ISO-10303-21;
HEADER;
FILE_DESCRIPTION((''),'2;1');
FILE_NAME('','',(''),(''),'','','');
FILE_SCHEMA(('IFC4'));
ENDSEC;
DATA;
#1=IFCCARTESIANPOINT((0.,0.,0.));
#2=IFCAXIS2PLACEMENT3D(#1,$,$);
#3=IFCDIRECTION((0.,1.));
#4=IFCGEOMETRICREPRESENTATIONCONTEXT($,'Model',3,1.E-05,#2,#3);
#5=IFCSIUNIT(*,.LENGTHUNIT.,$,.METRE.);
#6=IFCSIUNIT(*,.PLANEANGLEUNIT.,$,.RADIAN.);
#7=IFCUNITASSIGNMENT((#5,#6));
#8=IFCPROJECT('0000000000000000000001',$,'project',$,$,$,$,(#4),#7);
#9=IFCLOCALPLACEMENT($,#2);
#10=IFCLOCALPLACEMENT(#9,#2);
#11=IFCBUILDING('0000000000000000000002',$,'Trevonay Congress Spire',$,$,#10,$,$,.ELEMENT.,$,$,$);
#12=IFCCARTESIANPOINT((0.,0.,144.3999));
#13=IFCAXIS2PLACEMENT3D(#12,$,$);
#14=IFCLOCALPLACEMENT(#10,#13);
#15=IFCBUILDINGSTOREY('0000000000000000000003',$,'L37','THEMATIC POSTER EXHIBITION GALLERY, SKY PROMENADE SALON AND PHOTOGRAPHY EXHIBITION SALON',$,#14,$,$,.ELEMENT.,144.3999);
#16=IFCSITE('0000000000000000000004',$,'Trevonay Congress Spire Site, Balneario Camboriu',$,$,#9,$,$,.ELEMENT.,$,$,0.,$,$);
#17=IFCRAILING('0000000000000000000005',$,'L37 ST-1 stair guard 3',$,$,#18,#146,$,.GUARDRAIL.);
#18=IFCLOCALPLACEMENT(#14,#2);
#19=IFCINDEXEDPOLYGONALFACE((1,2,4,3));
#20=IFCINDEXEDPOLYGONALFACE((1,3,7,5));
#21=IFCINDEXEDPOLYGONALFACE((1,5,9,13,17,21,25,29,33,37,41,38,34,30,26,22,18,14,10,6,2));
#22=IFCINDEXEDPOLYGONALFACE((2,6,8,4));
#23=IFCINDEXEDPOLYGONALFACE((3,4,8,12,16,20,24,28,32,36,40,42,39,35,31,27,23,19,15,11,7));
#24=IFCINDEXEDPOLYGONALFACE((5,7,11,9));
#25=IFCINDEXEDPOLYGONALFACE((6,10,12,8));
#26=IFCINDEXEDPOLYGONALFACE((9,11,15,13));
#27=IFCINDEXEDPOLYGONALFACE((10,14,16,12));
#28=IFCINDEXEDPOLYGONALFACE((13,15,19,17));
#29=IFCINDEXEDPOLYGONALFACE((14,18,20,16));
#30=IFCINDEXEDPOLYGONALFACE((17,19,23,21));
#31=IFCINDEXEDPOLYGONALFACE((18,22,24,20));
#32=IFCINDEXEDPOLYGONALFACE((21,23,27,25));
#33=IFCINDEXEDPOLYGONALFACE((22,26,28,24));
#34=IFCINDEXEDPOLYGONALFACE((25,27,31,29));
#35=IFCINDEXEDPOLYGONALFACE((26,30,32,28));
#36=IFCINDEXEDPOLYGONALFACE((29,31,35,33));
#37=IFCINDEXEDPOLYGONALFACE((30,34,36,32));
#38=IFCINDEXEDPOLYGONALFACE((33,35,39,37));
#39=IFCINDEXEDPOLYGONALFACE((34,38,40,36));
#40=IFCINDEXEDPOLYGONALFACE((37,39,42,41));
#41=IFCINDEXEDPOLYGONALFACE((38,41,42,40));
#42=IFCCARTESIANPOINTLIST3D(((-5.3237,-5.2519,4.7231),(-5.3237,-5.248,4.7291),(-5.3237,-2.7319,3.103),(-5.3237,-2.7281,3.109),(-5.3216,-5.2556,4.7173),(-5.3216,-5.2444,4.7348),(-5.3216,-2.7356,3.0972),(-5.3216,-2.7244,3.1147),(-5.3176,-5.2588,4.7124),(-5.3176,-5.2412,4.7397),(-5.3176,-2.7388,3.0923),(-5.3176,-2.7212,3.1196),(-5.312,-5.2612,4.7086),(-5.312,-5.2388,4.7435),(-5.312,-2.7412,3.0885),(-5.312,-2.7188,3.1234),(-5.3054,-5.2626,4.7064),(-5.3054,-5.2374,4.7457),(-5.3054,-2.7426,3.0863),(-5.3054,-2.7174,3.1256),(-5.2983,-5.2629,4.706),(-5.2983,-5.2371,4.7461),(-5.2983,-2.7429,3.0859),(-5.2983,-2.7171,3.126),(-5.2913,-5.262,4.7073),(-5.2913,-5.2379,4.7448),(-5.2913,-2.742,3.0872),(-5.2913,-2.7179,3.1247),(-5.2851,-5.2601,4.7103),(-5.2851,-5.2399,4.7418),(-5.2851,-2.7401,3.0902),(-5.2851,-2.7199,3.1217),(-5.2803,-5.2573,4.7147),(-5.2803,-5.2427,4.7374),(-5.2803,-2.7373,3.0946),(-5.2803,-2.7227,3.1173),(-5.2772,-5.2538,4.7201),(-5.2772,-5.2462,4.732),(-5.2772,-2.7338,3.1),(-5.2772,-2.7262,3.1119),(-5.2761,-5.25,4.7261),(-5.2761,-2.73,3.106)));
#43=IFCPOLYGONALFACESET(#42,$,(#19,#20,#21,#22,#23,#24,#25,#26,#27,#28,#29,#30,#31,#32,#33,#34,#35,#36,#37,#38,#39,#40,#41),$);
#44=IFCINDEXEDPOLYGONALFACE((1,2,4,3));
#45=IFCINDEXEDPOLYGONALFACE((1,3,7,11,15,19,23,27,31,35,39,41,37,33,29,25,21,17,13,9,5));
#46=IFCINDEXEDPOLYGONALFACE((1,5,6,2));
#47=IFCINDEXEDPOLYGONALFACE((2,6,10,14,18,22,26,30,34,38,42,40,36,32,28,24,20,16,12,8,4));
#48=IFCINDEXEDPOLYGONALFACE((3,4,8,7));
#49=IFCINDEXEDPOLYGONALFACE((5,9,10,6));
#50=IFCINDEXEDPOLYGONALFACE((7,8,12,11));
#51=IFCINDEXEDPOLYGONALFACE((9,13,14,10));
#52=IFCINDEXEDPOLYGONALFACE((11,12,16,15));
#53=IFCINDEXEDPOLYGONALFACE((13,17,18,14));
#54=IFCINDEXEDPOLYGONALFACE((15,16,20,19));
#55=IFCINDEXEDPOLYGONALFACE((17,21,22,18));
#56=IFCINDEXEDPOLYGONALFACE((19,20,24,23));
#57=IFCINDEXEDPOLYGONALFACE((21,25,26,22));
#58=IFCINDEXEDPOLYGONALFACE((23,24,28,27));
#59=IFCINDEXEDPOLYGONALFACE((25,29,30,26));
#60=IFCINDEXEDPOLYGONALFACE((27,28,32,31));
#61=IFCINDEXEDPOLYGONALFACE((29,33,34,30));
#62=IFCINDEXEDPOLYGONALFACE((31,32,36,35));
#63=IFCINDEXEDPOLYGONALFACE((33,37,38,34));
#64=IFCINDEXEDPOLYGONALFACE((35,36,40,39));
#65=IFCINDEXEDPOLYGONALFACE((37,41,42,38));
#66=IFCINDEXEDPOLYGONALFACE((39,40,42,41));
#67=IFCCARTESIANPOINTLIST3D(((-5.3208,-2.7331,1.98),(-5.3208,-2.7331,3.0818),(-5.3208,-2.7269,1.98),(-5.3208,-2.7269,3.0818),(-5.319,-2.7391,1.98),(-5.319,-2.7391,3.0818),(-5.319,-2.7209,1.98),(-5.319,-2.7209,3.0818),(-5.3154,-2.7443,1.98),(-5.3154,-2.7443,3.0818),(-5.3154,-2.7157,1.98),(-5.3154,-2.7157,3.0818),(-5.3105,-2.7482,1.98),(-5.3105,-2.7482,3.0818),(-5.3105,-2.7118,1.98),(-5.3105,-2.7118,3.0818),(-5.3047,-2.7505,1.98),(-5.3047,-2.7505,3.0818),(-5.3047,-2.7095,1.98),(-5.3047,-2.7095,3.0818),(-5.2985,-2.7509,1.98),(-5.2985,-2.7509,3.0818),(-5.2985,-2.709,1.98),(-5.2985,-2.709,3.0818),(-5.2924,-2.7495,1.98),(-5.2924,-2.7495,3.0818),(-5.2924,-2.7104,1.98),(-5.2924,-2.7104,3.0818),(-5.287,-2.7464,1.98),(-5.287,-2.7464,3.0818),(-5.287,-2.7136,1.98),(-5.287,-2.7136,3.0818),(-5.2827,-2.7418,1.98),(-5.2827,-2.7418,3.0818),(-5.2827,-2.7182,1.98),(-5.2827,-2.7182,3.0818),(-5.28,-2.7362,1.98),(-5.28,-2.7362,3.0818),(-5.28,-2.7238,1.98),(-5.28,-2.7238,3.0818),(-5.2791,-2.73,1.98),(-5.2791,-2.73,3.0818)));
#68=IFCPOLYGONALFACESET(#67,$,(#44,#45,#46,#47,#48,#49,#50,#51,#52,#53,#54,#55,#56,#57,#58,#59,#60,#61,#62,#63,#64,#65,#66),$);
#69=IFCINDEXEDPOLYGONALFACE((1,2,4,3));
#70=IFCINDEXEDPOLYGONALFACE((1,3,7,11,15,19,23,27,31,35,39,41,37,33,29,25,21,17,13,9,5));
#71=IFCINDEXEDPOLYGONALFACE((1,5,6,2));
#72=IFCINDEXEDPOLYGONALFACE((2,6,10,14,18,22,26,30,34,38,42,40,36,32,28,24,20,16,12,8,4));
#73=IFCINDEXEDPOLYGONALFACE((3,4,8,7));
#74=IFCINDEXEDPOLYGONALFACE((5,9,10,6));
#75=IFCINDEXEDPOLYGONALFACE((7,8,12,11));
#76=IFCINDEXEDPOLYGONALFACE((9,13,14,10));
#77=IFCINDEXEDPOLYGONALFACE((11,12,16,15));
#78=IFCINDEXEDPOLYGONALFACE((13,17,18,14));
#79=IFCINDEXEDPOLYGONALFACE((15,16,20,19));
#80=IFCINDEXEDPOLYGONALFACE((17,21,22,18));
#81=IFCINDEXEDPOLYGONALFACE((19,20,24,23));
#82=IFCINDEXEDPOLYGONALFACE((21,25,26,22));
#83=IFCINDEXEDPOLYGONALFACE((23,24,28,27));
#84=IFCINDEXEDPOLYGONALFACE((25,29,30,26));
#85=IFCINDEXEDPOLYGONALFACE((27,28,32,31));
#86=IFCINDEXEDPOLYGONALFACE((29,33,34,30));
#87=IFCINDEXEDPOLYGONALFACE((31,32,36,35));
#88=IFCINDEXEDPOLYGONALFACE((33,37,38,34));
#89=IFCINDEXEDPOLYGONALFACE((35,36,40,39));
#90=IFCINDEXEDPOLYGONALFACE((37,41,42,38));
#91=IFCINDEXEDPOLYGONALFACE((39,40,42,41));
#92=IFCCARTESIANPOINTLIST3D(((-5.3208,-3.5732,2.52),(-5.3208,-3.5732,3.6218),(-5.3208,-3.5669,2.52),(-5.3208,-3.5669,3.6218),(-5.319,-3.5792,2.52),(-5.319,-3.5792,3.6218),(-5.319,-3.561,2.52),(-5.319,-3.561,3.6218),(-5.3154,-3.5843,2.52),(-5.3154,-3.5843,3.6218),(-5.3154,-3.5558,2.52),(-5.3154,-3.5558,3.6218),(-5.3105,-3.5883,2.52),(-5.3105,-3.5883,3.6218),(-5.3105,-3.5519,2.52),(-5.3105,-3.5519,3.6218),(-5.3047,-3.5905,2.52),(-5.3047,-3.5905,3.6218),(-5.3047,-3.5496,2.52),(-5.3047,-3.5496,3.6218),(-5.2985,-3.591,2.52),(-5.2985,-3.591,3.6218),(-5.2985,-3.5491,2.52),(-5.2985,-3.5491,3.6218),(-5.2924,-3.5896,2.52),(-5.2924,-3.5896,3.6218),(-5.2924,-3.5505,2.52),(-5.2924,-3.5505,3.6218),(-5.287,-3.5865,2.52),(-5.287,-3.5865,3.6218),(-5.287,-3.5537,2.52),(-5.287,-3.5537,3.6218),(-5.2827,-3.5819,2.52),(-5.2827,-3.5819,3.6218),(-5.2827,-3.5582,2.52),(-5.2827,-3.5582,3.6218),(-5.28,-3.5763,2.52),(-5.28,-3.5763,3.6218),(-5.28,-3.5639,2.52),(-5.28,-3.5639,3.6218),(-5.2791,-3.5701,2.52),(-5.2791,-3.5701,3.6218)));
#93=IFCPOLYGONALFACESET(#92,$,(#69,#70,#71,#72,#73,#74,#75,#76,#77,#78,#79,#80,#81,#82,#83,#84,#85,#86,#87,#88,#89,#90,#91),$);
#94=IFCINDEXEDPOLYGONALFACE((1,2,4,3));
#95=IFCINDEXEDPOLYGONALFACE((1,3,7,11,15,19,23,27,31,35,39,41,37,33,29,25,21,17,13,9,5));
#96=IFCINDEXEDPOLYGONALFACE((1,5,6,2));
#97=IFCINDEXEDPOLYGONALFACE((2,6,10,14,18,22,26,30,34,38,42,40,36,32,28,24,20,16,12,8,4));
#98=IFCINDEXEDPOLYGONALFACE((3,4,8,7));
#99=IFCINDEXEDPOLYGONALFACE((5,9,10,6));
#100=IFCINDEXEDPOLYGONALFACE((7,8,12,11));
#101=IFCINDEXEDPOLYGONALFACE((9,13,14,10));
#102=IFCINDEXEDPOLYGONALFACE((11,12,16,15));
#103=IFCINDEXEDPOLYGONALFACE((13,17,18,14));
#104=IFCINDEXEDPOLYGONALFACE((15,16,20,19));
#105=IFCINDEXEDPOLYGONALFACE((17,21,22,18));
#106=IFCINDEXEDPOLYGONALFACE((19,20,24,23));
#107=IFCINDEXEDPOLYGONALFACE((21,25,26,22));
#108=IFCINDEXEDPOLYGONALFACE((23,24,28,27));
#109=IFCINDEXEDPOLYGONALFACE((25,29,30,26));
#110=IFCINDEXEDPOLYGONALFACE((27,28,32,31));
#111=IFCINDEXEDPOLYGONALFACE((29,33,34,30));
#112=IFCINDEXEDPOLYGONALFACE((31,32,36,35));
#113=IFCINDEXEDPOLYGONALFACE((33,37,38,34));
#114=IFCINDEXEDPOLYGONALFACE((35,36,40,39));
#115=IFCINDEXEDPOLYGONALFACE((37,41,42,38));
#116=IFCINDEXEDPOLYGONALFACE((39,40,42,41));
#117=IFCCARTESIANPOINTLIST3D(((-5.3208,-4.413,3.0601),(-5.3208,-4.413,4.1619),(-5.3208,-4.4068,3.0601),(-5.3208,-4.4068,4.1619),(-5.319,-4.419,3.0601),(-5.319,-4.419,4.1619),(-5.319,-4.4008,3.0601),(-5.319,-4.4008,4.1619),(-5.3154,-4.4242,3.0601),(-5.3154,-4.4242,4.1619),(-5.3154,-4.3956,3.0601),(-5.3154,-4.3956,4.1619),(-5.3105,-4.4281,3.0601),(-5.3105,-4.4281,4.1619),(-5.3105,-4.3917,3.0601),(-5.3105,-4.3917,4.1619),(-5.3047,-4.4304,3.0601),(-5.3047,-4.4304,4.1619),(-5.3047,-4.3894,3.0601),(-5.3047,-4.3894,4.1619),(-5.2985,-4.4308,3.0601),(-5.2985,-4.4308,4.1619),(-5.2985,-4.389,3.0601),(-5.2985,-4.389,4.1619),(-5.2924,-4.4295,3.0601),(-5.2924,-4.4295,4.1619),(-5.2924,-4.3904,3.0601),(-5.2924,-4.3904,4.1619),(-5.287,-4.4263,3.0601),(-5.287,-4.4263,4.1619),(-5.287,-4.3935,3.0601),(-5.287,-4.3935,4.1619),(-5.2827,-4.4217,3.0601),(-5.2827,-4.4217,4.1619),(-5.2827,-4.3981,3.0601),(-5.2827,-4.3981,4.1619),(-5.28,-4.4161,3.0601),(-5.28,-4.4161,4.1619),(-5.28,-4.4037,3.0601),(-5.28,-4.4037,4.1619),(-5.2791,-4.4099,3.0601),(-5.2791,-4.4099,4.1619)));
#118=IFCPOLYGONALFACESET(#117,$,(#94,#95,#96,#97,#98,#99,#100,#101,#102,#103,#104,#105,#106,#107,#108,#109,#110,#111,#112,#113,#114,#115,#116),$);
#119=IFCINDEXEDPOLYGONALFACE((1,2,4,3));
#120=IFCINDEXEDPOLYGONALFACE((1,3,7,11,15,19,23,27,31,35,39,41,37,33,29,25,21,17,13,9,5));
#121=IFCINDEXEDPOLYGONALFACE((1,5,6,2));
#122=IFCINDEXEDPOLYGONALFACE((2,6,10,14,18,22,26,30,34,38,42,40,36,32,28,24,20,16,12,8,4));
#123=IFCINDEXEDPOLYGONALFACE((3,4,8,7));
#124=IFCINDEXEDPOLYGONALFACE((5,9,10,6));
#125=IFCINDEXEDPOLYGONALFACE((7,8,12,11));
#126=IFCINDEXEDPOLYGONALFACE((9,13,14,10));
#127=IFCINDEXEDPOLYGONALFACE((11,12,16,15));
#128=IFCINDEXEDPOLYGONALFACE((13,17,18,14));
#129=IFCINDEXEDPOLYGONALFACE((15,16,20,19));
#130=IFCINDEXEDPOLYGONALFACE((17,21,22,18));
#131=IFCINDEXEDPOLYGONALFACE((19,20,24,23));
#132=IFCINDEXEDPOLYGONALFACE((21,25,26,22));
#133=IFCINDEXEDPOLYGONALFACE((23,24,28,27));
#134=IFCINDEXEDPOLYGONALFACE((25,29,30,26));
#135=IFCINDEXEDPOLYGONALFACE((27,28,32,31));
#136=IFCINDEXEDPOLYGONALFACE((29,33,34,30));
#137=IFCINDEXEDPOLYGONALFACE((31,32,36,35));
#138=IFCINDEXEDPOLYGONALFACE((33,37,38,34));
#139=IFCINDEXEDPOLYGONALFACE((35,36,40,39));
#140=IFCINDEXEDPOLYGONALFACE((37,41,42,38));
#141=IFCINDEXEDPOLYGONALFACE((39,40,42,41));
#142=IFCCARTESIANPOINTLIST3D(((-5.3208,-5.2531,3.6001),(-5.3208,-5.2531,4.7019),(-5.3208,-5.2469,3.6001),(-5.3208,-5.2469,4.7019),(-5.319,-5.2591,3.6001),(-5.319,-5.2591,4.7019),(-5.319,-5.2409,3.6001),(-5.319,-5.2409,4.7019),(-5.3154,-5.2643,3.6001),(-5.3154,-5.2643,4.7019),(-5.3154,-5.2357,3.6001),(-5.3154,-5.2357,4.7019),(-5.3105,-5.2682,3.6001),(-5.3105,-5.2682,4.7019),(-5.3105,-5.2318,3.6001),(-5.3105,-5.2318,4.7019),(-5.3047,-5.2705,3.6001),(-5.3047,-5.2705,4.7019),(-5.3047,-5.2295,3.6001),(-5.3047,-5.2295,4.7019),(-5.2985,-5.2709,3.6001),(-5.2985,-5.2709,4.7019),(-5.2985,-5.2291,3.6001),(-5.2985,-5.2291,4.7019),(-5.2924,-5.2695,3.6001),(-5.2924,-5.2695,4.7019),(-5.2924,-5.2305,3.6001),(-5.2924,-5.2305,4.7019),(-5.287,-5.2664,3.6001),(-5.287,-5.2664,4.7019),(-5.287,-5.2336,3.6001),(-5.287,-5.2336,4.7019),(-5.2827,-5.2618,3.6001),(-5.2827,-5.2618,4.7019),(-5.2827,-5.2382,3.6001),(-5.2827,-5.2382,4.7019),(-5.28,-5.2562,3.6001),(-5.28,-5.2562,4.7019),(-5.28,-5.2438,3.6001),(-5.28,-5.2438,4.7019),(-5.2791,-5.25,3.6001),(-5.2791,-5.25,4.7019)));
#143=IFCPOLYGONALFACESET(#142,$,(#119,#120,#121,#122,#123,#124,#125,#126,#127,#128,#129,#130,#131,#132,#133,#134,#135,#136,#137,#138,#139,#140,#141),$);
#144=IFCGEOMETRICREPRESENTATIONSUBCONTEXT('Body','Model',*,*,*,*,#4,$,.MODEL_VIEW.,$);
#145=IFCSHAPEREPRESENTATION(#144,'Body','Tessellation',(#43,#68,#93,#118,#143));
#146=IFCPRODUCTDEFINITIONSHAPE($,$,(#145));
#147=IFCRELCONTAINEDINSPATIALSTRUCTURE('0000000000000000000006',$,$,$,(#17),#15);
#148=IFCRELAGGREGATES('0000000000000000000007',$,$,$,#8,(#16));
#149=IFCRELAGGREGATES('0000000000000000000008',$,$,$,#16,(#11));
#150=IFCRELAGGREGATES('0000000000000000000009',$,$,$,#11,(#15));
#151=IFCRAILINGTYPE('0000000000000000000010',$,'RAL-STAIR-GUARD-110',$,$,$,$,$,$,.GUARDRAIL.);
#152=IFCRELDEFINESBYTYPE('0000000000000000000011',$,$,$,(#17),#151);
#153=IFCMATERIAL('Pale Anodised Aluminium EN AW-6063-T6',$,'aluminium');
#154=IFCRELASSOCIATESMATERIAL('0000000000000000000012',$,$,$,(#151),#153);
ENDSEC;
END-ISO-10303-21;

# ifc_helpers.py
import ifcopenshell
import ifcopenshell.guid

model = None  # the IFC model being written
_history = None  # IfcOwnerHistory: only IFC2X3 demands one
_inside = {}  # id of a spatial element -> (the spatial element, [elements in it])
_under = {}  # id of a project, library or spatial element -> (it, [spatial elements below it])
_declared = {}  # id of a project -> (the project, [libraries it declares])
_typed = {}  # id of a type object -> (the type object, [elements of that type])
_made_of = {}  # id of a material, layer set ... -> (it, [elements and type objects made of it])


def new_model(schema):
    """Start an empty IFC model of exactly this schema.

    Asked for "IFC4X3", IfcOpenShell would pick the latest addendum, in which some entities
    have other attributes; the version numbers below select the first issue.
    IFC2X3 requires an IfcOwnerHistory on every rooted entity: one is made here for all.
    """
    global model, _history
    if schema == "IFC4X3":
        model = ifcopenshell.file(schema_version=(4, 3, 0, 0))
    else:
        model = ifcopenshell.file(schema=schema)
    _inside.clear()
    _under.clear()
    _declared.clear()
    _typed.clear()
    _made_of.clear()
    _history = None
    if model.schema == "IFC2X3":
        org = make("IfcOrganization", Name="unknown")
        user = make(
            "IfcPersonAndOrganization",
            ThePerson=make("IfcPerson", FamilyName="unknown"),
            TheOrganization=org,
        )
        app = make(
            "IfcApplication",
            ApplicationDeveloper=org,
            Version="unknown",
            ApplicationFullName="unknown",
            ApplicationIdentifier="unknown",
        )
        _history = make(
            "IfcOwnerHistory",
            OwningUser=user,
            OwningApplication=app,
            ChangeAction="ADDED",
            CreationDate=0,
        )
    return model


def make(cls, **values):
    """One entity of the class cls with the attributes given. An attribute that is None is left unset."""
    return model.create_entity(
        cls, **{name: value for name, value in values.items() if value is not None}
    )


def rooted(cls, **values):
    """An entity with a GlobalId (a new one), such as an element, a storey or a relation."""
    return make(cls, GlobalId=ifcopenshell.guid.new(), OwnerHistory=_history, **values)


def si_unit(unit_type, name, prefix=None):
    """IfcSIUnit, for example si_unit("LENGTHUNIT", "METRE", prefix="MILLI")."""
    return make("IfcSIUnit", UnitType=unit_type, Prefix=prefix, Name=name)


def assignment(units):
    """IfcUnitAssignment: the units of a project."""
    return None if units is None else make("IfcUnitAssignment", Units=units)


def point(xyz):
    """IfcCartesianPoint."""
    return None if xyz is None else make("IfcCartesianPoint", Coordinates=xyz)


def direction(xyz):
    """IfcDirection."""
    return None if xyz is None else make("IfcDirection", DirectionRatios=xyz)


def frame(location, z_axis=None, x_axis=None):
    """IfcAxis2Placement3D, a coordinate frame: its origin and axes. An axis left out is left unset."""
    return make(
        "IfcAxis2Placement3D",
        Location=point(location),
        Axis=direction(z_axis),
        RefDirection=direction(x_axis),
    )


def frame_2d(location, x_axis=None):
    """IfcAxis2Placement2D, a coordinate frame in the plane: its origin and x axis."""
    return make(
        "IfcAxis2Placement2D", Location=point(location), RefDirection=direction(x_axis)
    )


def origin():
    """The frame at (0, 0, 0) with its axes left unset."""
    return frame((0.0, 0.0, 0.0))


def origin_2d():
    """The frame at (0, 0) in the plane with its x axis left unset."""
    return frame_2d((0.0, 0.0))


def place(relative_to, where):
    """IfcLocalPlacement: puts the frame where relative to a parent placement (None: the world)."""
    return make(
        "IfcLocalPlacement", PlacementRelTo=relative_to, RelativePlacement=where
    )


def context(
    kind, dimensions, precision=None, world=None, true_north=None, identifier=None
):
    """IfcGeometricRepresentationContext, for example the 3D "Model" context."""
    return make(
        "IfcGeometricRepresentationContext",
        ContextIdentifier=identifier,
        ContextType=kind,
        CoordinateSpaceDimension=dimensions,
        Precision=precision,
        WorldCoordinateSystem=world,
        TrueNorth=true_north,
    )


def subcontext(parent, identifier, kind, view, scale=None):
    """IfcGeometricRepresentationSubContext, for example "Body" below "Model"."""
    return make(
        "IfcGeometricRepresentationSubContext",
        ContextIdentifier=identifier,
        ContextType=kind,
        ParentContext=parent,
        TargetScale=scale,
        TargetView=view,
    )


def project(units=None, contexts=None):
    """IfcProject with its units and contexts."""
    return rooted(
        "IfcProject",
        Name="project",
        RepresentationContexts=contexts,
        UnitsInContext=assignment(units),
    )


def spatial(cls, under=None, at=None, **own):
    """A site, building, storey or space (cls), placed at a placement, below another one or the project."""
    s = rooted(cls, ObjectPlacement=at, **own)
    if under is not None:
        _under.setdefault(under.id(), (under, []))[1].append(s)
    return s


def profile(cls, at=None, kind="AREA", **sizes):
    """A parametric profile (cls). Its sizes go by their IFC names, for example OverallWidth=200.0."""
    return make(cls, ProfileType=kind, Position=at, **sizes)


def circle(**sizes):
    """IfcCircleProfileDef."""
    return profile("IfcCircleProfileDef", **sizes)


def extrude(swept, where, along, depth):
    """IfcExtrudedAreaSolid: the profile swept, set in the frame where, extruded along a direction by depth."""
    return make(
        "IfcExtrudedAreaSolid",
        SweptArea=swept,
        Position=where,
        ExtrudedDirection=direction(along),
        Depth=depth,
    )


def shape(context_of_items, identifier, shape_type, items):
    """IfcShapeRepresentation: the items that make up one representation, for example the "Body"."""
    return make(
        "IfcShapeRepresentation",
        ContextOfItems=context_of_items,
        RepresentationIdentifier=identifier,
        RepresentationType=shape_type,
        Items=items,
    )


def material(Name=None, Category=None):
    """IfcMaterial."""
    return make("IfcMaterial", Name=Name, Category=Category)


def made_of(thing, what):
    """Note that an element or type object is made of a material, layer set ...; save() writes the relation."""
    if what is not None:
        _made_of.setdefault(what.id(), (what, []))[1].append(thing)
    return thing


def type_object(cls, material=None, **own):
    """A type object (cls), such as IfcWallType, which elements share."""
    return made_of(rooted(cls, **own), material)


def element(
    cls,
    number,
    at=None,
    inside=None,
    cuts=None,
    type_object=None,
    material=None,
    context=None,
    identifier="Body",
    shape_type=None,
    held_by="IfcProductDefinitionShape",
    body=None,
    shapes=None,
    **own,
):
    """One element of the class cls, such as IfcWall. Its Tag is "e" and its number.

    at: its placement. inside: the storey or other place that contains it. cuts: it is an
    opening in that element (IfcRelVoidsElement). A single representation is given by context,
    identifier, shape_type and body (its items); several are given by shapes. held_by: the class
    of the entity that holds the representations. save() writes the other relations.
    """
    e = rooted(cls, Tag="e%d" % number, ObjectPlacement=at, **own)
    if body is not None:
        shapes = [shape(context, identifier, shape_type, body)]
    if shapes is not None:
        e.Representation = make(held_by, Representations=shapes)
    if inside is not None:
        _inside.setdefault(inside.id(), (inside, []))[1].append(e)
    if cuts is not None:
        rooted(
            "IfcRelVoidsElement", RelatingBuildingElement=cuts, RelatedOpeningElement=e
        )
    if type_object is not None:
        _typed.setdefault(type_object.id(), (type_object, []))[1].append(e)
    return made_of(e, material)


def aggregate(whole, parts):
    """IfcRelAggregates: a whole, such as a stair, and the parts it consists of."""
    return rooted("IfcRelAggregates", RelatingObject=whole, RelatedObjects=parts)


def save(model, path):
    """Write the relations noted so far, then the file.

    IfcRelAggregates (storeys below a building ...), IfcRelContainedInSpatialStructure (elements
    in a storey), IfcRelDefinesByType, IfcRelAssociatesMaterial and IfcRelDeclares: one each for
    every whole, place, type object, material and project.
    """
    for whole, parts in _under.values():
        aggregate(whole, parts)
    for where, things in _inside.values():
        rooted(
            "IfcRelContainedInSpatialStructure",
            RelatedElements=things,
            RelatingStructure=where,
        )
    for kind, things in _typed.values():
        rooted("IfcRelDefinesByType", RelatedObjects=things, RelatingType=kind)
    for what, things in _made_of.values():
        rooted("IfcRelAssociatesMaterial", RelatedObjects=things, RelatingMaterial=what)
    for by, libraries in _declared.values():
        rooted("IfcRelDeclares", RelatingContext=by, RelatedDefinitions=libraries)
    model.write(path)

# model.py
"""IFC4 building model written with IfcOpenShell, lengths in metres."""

from ifc_helpers import new_model, si_unit, direction, frame, origin, origin_2d, place, context, subcontext, project, spatial, circle, extrude, material, type_object, element, save


model = new_model("IFC4")

# Units and contexts
model_context = context("Model", 3, precision=1e-05, world=origin(), true_north=direction((0.0, 1.0)))
body_context = subcontext(model_context, "Body", "Model", "MODEL_VIEW")
ifc_project = project(units=[si_unit("LENGTHUNIT", "METRE"), si_unit("PLANEANGLEUNIT", "RADIAN")], contexts=[model_context])

# Site, building, storey
site_placement = place(None, origin())
site = spatial("IfcSite", under=ifc_project, at=site_placement, Name="Trevonay Congress Spire Site, Balneario Camboriu", CompositionType="ELEMENT", RefElevation=0.0)
building_placement = place(site_placement, origin())
building = spatial("IfcBuilding", under=site, at=building_placement, Name="Trevonay Congress Spire", CompositionType="ELEMENT")
storey_placement = place(building_placement, frame((0.0, 0.0, 144.3999)))
storey = spatial("IfcBuildingStorey", under=building, at=storey_placement, Name="L37", Description="THEMATIC POSTER EXHIBITION GALLERY, SKY PROMENADE SALON AND PHOTOGRAPHY EXHIBITION SALON", CompositionType="ELEMENT", Elevation=144.3999)

# Railing
ifc_material_1 = material(Name="Pale Anodised Aluminium EN AW-6063-T6", Category="aluminium")
railing_type_1 = type_object("IfcRailingType", Name="RAL-STAIR-GUARD-110", PredefinedType="GUARDRAIL", material=ifc_material_1)
railing_1_placement = place(storey_placement, frame((-5.3, -2.73, 1.98)))
element("IfcRailing", 1, at=railing_1_placement, inside=storey, type_object=railing_type_1, Name="L37 ST-1 stair guard 3", PredefinedType="GUARDRAIL", context=body_context, shape_type="SweptSolid", body=[
    extrude(circle(Radius=0.0239, at=origin_2d()), frame((0.0, 0.0, 1.126), z_axis=(0.0, -0.841163, 0.540782), x_axis=(1.0, 0.0, 0.0)), (0.0, 0.0, 1.0), 2.9958),
    extrude(circle(Radius=0.021, at=origin_2d()), origin(), (0.0, 0.0, 1.0), 1.1018),
    extrude(circle(Radius=0.021, at=origin_2d()), frame((0.0, -0.8401, 0.54)), (0.0, 0.0, 1.0), 1.1018),
    extrude(circle(Radius=0.021, at=origin_2d()), frame((0.0, -1.6799, 1.0801)), (0.0, 0.0, 1.0), 1.1018),
    extrude(circle(Radius=0.021, at=origin_2d()), frame((0.0, -2.52, 1.6201)), (0.0, 0.0, 1.0), 1.1018),
])

save(model, "model.ifc")
